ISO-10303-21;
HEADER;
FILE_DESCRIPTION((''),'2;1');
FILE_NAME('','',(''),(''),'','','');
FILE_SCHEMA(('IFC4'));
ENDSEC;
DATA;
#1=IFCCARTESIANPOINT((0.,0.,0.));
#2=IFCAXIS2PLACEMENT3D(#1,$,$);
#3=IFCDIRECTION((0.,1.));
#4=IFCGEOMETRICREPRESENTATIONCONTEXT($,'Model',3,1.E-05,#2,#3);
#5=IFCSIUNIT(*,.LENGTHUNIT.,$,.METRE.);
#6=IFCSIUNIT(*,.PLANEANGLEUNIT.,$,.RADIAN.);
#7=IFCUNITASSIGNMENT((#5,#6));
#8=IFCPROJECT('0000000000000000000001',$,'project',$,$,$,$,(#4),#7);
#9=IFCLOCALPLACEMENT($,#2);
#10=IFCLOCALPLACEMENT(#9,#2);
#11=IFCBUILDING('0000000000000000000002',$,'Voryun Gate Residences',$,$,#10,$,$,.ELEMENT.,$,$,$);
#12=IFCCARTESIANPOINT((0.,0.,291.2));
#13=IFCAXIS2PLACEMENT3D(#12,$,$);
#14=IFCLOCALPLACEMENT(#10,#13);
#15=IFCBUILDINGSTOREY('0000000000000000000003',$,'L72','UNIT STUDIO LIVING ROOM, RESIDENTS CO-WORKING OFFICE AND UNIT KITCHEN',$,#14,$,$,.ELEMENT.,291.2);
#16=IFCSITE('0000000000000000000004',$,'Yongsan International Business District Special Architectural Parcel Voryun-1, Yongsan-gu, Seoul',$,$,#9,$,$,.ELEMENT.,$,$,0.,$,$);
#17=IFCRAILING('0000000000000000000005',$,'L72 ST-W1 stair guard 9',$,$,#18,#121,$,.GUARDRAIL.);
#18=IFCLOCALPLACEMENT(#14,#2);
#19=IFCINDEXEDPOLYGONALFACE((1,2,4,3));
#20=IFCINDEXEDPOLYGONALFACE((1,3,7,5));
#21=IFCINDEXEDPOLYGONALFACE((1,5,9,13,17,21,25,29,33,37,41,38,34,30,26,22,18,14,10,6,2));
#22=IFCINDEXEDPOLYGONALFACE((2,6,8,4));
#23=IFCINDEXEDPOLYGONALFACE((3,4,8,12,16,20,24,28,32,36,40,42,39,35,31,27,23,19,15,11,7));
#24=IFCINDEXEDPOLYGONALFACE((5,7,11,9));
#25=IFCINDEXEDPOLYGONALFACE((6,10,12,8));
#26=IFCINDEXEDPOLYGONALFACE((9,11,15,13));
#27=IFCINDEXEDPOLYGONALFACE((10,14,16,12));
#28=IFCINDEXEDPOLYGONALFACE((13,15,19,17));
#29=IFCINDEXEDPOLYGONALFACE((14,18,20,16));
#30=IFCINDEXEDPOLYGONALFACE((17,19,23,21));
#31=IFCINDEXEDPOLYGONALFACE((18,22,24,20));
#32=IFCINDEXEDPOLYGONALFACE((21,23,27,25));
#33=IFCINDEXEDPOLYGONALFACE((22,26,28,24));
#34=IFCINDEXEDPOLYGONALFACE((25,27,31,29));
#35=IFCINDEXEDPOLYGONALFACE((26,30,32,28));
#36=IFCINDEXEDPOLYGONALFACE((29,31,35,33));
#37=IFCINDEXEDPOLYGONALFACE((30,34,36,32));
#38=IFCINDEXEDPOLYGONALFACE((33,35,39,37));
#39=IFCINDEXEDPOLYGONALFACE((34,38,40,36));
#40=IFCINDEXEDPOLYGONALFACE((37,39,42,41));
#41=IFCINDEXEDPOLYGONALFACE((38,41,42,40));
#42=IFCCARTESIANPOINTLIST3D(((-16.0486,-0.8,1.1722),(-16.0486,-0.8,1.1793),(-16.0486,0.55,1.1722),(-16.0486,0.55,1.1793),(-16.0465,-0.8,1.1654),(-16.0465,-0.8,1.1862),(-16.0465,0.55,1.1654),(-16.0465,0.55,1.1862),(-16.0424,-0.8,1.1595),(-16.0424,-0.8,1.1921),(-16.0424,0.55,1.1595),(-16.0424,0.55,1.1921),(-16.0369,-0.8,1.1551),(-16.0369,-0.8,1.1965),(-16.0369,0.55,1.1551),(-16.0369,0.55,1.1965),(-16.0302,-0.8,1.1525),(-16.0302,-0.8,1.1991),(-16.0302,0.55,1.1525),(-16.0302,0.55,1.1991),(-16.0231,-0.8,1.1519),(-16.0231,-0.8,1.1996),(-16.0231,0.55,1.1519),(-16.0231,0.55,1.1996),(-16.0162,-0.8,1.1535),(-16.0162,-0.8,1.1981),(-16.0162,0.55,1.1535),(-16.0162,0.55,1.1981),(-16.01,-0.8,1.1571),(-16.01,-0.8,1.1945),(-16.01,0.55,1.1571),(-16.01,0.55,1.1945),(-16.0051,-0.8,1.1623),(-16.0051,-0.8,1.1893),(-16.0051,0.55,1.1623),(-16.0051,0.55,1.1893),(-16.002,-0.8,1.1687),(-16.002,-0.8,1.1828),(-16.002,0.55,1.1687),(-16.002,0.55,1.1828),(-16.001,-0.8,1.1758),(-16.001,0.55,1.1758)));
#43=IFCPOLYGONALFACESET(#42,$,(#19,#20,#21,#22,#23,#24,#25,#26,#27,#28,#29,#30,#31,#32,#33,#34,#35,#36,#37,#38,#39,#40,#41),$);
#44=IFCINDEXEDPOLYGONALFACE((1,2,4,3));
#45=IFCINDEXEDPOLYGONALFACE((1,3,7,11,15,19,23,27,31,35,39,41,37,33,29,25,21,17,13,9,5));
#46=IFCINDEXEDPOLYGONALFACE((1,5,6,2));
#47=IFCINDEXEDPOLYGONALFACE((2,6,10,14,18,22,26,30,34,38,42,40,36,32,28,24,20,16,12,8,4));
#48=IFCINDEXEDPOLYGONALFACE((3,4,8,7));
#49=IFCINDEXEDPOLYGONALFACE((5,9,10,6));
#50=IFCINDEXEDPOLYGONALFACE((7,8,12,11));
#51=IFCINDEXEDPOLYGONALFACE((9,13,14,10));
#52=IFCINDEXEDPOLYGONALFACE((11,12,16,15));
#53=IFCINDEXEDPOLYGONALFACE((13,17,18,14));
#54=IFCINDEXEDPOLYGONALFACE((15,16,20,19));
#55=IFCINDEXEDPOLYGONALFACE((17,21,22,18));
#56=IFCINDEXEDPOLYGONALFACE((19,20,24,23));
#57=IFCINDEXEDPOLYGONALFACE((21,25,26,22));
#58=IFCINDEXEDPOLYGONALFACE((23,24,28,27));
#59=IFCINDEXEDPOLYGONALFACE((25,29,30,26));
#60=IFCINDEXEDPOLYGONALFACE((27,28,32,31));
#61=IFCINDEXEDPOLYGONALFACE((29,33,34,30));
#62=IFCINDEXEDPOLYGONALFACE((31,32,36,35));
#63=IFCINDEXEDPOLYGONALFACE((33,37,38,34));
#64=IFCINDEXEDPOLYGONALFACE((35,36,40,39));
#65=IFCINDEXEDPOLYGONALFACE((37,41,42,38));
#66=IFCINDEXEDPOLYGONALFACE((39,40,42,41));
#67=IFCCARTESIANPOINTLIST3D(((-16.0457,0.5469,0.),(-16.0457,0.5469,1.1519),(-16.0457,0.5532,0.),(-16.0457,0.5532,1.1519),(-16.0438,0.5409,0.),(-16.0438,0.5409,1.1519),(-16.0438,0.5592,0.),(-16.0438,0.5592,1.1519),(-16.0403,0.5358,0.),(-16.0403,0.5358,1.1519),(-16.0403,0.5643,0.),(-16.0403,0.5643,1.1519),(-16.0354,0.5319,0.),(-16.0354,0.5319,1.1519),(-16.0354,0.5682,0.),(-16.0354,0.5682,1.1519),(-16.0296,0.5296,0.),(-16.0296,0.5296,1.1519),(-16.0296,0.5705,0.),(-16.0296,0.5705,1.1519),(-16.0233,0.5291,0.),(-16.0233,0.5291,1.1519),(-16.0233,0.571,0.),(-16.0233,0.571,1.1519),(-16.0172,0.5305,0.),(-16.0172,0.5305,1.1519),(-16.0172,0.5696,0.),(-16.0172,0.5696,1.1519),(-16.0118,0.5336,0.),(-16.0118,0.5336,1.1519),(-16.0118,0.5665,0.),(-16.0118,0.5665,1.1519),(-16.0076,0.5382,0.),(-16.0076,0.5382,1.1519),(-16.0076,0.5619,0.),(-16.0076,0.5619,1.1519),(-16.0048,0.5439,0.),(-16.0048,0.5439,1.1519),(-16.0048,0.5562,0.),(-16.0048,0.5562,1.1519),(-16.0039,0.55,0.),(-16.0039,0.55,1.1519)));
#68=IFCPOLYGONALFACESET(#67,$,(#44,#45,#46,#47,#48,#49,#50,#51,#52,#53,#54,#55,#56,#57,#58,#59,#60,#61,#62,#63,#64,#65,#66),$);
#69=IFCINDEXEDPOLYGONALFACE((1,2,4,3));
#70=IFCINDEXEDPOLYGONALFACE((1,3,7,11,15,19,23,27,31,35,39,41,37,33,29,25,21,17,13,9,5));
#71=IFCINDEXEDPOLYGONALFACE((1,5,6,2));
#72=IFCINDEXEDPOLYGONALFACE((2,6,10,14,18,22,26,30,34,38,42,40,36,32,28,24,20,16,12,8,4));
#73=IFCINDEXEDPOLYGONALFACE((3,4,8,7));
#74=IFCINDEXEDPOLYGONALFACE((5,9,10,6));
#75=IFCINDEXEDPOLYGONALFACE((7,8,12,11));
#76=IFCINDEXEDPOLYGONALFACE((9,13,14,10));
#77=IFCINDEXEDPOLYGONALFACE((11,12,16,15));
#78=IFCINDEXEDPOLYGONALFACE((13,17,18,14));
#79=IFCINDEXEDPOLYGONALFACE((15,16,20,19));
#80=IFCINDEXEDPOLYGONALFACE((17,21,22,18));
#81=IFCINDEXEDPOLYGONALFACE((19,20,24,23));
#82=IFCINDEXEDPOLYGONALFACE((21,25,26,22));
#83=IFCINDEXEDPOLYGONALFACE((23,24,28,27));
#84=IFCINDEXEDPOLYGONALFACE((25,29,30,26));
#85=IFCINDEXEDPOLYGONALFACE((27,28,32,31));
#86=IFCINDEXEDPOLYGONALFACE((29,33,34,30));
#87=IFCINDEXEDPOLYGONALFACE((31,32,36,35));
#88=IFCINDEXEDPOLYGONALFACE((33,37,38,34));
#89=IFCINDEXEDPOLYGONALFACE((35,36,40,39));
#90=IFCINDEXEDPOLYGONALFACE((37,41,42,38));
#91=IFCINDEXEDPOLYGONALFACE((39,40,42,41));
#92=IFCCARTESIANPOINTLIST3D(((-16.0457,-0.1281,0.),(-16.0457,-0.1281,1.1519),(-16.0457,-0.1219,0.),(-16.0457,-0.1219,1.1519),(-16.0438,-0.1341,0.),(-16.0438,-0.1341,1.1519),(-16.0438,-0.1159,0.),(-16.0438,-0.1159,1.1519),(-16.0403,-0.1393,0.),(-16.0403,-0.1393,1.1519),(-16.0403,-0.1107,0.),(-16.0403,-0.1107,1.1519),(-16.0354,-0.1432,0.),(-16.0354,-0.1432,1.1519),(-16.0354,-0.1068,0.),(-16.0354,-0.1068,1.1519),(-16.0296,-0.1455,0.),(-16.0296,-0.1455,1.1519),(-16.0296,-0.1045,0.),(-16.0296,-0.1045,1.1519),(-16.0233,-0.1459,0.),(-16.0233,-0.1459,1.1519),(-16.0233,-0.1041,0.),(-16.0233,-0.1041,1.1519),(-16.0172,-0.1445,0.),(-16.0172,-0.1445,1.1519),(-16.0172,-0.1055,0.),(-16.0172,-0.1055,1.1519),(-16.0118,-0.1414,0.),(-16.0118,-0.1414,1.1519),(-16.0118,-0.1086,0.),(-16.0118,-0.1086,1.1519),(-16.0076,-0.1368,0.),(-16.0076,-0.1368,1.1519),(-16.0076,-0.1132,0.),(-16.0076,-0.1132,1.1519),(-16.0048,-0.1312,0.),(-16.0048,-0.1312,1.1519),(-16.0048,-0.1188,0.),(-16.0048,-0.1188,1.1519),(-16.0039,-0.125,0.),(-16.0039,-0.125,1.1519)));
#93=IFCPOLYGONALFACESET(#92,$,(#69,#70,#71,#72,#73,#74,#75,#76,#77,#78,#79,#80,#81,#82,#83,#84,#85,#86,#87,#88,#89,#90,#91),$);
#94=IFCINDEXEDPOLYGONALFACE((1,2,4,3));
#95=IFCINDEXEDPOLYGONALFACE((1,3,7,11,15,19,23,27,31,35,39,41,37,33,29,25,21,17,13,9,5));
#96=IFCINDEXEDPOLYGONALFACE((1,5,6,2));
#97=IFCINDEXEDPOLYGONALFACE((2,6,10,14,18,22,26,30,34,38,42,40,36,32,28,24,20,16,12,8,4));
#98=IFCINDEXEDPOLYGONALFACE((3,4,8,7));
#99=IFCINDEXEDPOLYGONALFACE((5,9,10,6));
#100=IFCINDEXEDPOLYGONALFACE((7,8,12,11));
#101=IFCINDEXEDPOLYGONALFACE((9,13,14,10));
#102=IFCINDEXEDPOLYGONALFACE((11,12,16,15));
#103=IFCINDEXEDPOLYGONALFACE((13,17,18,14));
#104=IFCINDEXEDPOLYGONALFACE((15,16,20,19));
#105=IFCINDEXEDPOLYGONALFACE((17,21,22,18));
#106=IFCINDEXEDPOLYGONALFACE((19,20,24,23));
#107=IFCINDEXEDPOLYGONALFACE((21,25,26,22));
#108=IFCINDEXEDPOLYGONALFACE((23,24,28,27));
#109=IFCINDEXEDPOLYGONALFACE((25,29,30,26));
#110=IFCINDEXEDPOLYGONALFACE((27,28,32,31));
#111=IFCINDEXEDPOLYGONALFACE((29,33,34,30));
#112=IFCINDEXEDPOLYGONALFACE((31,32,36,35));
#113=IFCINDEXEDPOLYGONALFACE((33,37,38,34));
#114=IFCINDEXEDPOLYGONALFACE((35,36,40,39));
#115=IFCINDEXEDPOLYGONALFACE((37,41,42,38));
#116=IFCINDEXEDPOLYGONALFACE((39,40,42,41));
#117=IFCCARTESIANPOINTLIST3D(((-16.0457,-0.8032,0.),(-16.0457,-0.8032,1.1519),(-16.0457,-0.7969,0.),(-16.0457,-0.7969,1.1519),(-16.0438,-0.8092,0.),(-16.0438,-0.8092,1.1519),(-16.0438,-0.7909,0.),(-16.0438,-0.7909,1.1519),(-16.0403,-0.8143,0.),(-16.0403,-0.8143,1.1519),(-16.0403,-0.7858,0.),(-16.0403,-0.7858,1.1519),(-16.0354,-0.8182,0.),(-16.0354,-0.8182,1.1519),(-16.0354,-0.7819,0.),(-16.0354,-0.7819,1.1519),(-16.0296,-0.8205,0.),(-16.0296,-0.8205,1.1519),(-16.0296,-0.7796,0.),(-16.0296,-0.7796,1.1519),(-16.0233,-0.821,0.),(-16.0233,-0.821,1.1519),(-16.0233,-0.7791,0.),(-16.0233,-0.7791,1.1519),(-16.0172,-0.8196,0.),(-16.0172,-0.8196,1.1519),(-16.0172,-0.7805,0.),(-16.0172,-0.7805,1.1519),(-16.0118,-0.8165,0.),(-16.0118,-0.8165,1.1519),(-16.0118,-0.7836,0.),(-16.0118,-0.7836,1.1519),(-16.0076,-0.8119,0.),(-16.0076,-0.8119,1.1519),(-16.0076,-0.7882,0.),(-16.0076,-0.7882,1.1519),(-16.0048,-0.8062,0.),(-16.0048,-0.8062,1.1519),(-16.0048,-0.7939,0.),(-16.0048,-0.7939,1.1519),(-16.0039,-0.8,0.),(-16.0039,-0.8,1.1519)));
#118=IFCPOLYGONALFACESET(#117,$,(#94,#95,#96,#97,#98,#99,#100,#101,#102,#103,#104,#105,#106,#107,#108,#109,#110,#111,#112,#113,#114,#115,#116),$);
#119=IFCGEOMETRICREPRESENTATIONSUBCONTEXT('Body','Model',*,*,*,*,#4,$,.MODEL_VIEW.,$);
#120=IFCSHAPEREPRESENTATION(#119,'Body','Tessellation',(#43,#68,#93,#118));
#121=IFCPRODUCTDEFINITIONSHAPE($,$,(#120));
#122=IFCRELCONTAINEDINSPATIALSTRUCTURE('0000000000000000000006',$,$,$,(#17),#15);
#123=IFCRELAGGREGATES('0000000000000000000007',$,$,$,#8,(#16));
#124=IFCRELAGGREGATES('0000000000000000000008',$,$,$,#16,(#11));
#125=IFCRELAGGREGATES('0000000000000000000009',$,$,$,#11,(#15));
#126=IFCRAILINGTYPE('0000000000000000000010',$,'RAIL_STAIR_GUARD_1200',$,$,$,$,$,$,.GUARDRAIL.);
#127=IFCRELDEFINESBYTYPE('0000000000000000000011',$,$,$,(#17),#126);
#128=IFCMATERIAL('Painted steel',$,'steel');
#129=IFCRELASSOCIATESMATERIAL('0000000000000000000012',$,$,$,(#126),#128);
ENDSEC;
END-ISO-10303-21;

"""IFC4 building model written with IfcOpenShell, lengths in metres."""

from ifc_helpers import new_model, si_unit, direction, frame, origin, origin_2d, place, context, subcontext, project, spatial, circle, extrude, material, type_object, element, save


model = new_model("IFC4")

# Units and contexts
model_context = context("Model", 3, precision=1e-05, world=origin(), true_north=direction((0.0, 1.0)))
body_context = subcontext(model_context, "Body", "Model", "MODEL_VIEW")
ifc_project = project(units=[si_unit("LENGTHUNIT", "METRE"), si_unit("PLANEANGLEUNIT", "RADIAN")], contexts=[model_context])

# Site, building, storey
site_placement = place(None, origin())
site = spatial("IfcSite", under=ifc_project, at=site_placement, Name="Yongsan International Business District Special Architectural Parcel Voryun-1, Yongsan-gu, Seoul", CompositionType="ELEMENT", RefElevation=0.0)
building_placement = place(site_placement, origin())
building = spatial("IfcBuilding", under=site, at=building_placement, Name="Voryun Gate Residences", CompositionType="ELEMENT")
storey_placement = place(building_placement, frame((0.0, 0.0, 291.2)))
storey = spatial("IfcBuildingStorey", under=building, at=storey_placement, Name="L72", Description="UNIT STUDIO LIVING ROOM, RESIDENTS CO-WORKING OFFICE AND UNIT KITCHEN", CompositionType="ELEMENT", Elevation=291.2)

# Railing
ifc_material_1 = material(Name="Painted steel", Category="steel")
railing_type = type_object("IfcRailingType", Name="RAIL_STAIR_GUARD_1200", PredefinedType="GUARDRAIL", material=ifc_material_1)
for number, where, name in (
    (1, (-16.0249, 0.55, 0.0), "L72 ST-W1 stair guard 9"),
):
    element("IfcRailing", number, at=place(storey_placement, frame(where)), inside=storey, type_object=railing_type, Name=name, PredefinedType="GUARDRAIL", context=body_context, shape_type="SweptSolid", body=[
        extrude(circle(Radius=0.0239, at=origin_2d()), frame((0.0, 0.0, 1.1758), z_axis=(0.0, -1.0, 0.0), x_axis=(1.0, 0.0, 0.0)), (0.0, 0.0, 1.0), 1.3501),
        extrude(circle(Radius=0.021, at=origin_2d()), origin(), (0.0, 0.0, 1.0), 1.1519),
        extrude(circle(Radius=0.021, at=origin_2d()), frame((0.0, -0.675, 0.0)), (0.0, 0.0, 1.0), 1.1519),
        extrude(circle(Radius=0.021, at=origin_2d()), frame((0.0, -1.3501, 0.0)), (0.0, 0.0, 1.0), 1.1519),
    ])

save(model, "model.ifc")
